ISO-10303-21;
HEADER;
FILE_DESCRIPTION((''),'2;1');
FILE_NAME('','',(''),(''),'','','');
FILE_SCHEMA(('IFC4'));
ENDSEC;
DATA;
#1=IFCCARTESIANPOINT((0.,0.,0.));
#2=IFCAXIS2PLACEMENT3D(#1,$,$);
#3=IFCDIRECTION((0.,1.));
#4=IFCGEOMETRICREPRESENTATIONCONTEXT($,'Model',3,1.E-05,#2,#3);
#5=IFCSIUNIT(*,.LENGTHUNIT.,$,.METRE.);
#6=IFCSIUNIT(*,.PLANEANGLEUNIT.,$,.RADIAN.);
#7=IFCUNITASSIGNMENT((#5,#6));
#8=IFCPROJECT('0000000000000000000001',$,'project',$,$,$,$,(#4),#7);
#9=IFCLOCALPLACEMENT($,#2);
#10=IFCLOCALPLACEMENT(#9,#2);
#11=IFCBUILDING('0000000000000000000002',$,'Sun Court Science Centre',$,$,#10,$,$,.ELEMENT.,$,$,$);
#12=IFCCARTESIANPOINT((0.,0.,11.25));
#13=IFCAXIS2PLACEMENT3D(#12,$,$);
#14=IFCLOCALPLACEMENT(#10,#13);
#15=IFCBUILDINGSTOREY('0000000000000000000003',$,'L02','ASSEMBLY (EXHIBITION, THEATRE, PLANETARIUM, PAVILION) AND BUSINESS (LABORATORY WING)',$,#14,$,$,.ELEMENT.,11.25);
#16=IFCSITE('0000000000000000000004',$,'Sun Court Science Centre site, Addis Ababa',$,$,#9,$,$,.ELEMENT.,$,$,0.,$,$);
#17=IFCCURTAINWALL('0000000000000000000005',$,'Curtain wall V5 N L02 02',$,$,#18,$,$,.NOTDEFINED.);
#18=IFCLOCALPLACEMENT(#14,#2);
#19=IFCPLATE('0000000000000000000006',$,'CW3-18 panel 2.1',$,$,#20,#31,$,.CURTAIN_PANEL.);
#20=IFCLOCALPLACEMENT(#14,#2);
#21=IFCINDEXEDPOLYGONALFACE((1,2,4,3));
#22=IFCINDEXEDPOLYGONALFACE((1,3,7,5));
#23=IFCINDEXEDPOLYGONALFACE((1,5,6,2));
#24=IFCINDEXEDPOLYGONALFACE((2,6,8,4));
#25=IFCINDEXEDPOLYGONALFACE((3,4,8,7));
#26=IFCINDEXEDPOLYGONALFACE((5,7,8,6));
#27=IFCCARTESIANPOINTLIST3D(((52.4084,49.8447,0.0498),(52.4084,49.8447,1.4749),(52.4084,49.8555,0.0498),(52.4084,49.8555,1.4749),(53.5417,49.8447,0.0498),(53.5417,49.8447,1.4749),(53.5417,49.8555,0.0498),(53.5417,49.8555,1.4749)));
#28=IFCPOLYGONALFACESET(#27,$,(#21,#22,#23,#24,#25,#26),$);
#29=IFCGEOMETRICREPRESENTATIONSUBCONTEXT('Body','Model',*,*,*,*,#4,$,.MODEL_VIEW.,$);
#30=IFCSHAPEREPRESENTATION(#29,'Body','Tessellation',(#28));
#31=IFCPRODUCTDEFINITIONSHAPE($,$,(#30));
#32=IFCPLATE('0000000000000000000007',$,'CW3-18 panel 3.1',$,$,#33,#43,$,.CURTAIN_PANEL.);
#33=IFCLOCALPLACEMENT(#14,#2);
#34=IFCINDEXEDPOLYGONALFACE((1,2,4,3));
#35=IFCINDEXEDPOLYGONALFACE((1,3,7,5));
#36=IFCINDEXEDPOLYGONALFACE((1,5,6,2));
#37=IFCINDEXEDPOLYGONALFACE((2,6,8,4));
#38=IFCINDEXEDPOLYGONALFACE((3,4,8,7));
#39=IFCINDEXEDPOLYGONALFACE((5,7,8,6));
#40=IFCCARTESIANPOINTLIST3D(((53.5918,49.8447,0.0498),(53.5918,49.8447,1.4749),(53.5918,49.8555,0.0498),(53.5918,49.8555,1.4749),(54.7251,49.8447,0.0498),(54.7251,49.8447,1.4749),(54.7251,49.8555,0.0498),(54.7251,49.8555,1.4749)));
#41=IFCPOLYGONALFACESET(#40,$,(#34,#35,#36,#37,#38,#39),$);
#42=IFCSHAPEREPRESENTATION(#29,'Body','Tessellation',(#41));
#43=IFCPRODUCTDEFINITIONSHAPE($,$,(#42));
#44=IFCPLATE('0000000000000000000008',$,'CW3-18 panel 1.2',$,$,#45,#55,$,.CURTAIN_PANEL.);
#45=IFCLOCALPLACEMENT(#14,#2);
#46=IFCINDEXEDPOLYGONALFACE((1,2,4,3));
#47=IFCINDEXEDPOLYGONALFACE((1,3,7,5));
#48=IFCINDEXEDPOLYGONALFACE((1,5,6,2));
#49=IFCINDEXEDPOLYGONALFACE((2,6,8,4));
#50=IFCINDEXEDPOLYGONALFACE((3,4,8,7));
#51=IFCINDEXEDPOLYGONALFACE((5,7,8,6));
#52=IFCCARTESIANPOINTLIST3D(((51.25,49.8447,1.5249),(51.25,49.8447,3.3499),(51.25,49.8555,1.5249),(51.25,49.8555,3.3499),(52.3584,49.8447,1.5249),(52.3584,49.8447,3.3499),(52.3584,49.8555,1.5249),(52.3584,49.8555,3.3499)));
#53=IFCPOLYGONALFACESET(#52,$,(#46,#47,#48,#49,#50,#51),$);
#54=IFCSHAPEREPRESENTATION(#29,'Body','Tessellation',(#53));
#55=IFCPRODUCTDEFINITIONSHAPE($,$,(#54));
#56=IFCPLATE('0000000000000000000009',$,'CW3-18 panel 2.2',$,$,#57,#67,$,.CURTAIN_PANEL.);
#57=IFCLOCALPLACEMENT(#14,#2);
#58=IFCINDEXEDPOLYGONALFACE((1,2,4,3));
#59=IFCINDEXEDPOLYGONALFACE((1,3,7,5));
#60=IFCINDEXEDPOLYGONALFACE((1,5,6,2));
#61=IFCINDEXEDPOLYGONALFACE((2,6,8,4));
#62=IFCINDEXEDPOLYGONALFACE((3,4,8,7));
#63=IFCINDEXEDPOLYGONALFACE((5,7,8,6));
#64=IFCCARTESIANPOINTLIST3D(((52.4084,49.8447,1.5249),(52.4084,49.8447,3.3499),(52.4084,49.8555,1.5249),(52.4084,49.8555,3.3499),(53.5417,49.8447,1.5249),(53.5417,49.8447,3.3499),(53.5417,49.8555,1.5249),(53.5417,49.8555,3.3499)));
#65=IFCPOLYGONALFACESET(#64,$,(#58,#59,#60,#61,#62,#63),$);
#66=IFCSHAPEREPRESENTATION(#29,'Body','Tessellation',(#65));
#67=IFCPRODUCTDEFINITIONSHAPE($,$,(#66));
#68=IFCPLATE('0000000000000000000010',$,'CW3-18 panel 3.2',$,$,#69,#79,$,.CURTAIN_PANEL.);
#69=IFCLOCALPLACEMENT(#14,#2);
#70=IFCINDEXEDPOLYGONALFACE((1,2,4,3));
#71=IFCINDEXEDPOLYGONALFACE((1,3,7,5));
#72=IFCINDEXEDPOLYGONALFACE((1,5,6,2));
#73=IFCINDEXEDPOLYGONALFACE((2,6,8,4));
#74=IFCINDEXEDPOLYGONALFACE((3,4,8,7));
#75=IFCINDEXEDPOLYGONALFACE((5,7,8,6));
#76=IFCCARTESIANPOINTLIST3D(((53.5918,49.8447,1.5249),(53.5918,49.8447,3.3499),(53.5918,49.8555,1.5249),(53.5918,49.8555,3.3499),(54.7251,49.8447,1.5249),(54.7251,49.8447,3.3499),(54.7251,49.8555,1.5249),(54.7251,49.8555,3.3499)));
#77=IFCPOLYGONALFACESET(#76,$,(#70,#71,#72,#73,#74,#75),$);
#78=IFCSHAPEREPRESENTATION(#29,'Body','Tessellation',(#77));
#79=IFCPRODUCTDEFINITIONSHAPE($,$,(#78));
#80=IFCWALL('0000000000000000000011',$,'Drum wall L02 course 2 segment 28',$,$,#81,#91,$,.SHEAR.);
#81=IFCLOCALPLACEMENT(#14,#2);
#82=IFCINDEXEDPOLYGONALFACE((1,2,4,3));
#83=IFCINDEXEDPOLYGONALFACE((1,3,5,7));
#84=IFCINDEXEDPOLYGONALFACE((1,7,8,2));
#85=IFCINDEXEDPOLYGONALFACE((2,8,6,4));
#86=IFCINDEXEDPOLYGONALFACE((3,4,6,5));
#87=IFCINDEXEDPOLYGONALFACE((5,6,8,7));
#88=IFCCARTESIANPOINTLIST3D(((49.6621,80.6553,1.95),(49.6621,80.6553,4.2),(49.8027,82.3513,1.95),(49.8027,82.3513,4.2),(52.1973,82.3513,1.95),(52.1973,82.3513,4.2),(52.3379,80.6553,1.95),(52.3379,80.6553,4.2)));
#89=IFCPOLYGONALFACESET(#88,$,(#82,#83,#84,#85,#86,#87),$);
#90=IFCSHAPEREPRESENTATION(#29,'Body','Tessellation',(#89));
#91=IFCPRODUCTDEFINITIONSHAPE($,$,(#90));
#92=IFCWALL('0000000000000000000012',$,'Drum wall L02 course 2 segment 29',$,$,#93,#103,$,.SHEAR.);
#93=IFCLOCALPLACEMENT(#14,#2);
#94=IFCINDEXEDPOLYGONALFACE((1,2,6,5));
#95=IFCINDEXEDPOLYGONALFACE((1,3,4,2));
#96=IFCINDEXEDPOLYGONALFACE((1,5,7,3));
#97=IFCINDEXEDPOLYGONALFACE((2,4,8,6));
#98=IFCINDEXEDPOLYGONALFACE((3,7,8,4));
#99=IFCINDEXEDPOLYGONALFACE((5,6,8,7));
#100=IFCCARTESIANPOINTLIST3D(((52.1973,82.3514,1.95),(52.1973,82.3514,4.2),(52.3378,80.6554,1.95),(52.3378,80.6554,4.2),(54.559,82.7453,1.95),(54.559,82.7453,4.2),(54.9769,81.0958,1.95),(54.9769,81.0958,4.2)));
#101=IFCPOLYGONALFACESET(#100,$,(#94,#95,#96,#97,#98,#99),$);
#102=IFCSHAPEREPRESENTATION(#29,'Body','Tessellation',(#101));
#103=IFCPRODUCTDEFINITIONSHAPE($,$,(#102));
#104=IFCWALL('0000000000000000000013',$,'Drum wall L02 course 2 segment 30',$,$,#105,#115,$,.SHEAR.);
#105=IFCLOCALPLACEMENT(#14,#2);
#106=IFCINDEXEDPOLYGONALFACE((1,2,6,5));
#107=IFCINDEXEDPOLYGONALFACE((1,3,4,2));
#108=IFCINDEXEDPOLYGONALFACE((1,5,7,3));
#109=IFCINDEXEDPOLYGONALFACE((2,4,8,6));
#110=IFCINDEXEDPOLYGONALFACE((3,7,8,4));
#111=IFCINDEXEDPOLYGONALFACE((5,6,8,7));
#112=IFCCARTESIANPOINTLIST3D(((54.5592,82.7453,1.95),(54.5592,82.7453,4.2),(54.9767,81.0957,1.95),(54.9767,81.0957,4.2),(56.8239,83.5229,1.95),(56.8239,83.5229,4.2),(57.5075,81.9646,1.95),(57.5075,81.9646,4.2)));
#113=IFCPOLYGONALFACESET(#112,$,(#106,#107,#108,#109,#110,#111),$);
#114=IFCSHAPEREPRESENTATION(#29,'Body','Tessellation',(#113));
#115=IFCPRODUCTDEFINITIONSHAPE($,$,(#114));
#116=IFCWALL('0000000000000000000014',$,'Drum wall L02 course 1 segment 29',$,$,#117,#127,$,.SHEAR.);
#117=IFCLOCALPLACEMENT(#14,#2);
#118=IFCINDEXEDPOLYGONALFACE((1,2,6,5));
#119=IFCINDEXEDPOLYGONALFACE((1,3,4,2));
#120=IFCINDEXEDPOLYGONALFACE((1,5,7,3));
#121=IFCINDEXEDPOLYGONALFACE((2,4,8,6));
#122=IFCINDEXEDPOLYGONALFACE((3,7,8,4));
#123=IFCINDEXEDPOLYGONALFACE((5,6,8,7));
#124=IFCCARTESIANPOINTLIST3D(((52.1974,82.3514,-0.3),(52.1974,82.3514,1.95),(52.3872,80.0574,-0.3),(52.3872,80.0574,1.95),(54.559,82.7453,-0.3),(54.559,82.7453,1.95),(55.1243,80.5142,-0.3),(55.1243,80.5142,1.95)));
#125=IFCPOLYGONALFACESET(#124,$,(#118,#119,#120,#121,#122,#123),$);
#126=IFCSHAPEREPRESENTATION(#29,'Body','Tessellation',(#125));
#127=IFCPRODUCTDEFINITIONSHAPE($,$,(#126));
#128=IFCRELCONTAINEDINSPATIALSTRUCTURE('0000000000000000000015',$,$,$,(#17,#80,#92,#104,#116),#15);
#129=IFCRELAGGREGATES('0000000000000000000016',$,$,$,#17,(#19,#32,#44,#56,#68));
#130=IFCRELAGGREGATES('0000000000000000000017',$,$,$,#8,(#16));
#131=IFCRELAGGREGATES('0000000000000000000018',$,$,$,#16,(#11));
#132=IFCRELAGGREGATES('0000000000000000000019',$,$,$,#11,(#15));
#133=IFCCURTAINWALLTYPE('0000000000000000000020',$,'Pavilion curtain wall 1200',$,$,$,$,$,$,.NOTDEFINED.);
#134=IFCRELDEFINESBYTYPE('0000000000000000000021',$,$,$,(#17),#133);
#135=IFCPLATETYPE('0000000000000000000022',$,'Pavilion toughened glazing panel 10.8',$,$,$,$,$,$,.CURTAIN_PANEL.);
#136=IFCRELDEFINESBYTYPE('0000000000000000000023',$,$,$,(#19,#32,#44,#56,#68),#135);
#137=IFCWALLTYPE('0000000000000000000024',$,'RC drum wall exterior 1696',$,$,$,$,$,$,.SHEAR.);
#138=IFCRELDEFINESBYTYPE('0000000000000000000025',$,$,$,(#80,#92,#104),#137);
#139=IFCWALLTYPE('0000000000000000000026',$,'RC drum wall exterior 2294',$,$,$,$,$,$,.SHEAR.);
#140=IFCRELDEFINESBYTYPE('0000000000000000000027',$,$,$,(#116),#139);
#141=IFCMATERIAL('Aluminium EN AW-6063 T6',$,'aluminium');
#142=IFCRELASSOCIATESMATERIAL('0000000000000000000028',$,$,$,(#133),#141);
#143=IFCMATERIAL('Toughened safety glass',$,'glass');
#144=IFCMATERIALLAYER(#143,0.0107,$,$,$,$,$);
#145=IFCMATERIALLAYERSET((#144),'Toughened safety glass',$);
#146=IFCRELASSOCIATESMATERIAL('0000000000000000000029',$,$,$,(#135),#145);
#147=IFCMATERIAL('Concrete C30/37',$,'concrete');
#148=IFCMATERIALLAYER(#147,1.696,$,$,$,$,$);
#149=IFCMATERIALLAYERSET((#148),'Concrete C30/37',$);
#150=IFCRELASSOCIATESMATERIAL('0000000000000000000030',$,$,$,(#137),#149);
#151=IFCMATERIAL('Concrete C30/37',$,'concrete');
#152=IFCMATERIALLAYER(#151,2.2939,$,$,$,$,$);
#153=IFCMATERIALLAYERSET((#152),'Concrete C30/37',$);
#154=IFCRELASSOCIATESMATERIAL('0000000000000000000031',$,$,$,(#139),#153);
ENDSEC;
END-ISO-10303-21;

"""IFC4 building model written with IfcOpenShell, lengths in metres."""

from ifc_helpers import new_model, si_unit, direction, frame, origin, origin_2d, place, context, subcontext, project, spatial, polyline, rectangle, outline, extrude, material, layer, layer_set, type_object, element, aggregate, save


model = new_model("IFC4")

# Units and contexts
model_context = context("Model", 3, precision=1e-05, world=origin(), true_north=direction((0.0, 1.0)))
body_context = subcontext(model_context, "Body", "Model", "MODEL_VIEW")
ifc_project = project(units=[si_unit("LENGTHUNIT", "METRE"), si_unit("PLANEANGLEUNIT", "RADIAN")], contexts=[model_context])

# Site, building, storey
site_placement = place(None, origin())
site = spatial("IfcSite", under=ifc_project, at=site_placement, Name="Sun Court Science Centre site, Addis Ababa", CompositionType="ELEMENT", RefElevation=0.0)
building_placement = place(site_placement, origin())
building = spatial("IfcBuilding", under=site, at=building_placement, Name="Sun Court Science Centre", CompositionType="ELEMENT")
storey_placement = place(building_placement, frame((0.0, 0.0, 11.25)))
storey = spatial("IfcBuildingStorey", under=building, at=storey_placement, Name="L02", Description="ASSEMBLY (EXHIBITION, THEATRE, PLANETARIUM, PAVILION) AND BUSINESS (LABORATORY WING)", CompositionType="ELEMENT", Elevation=11.25)

# Shared definitions
ifc_material_1 = material(Name="Aluminium EN AW-6063 T6", Category="aluminium")
curtain_wall_type = type_object("IfcCurtainWallType", Name="Pavilion curtain wall 1200", PredefinedType="NOTDEFINED", material=ifc_material_1)

# Curtain wall
curtain_wall_1_placement = place(storey_placement, origin())
curtain_wall_1 = element("IfcCurtainWall", 1, at=curtain_wall_1_placement, inside=storey, type_object=curtain_wall_type, Name="Curtain wall V5 N L02 02", PredefinedType="NOTDEFINED")

# Plates
ifc_material_2 = material(Name="Toughened safety glass", Category="glass")
ifc_layer_1 = layer(ifc_material_2, 0.0107)
ifc_layer_set_1 = layer_set([ifc_layer_1], Name="Toughened safety glass")
plate_type = type_object("IfcPlateType", Name="Pavilion toughened glazing panel 10.8", PredefinedType="CURTAIN_PANEL", material=ifc_layer_set_1)
plate_1_placement = place(storey_placement, frame((52.9751, 49.8501, 0.0498), z_axis=(0.0, 0.0, 1.0), x_axis=(1.0, 0.0, 0.0)))
plate_1 = element("IfcPlate", 2, at=plate_1_placement, type_object=plate_type, Name="CW3-18 panel 2.1", PredefinedType="CURTAIN_PANEL", context=body_context, shape_type="SweptSolid", body=[
    extrude(rectangle(XDim=1.1333, YDim=0.0107, at=origin_2d()), origin(), (0.0, 0.0, 1.0), 1.425),
])
plate_2_placement = place(storey_placement, frame((54.1584, 49.8501, 0.0498), z_axis=(0.0, 0.0, 1.0), x_axis=(1.0, 0.0, 0.0)))
plate_2 = element("IfcPlate", 3, at=plate_2_placement, type_object=plate_type, Name="CW3-18 panel 3.1", PredefinedType="CURTAIN_PANEL", context=body_context, shape_type="SweptSolid", body=[
    extrude(rectangle(XDim=1.1333, YDim=0.0107, at=origin_2d()), origin(), (0.0, 0.0, 1.0), 1.425),
])
plate_3_placement = place(storey_placement, frame((51.8042, 49.8501, 1.5249), z_axis=(0.0, 0.0, 1.0), x_axis=(1.0, 0.0, 0.0)))
plate_3 = element("IfcPlate", 4, at=plate_3_placement, type_object=plate_type, Name="CW3-18 panel 1.2", PredefinedType="CURTAIN_PANEL", context=body_context, shape_type="SweptSolid", body=[
    extrude(rectangle(XDim=1.1084, YDim=0.0107, at=origin_2d()), origin(), (0.0, 0.0, 1.0), 1.825),
])
plate_4_placement = place(storey_placement, frame((52.9751, 49.8501, 1.5249), z_axis=(0.0, 0.0, 1.0), x_axis=(1.0, 0.0, 0.0)))
plate_4 = element("IfcPlate", 5, at=plate_4_placement, type_object=plate_type, Name="CW3-18 panel 2.2", PredefinedType="CURTAIN_PANEL", context=body_context, shape_type="SweptSolid", body=[
    extrude(rectangle(XDim=1.1333, YDim=0.0107, at=origin_2d()), origin(), (0.0, 0.0, 1.0), 1.825),
])
plate_5_placement = place(storey_placement, frame((54.1584, 49.8501, 1.5249), z_axis=(0.0, 0.0, 1.0), x_axis=(1.0, 0.0, 0.0)))
plate_5 = element("IfcPlate", 6, at=plate_5_placement, type_object=plate_type, Name="CW3-18 panel 3.2", PredefinedType="CURTAIN_PANEL", context=body_context, shape_type="SweptSolid", body=[
    extrude(rectangle(XDim=1.1333, YDim=0.0107, at=origin_2d()), origin(), (0.0, 0.0, 1.0), 1.825),
])
aggregate(curtain_wall_1, [plate_1, plate_2, plate_3, plate_4, plate_5])

# Walls
ifc_material_3 = material(Name="Concrete C30/37", Category="concrete")
ifc_layer_2 = layer(ifc_material_3, 1.696)
ifc_layer_set_2 = layer_set([ifc_layer_2], Name="Concrete C30/37")
wall_type_1 = type_object("IfcWallType", Name="RC drum wall exterior 1696", PredefinedType="SHEAR", material=ifc_layer_set_2)
wall_1_placement = place(storey_placement, frame((49.6621, 81.5032, 1.95), z_axis=(0.0, 0.0, 1.0), x_axis=(1.0, 0.0, 0.0)))
element("IfcWall", 7, at=wall_1_placement, inside=storey, type_object=wall_type_1, Name="Drum wall L02 course 2 segment 28", PredefinedType="SHEAR", context=body_context, shape_type="SweptSolid", body=[
    extrude(outline(polyline([(0.0, -0.8479), (2.6758, -0.8479), (2.5352, 0.8481), (0.1406, 0.8481), (0.0, -0.8479)])), origin(), (0.0, 0.0, 1.0), 2.25),
])
wall_2_placement = place(storey_placement, frame((52.1982, 81.4917, 1.95), z_axis=(0.0, 0.0, 1.0), x_axis=(0.986359, 0.164606, 0.0)))
element("IfcWall", 8, at=wall_2_placement, inside=storey, type_object=wall_type_1, Name="Drum wall L02 course 2 segment 29", PredefinedType="SHEAR", context=body_context, shape_type="SweptSolid", body=[
    extrude(outline(polyline([(0.0, -0.8479), (2.6755, -0.8479), (2.5349, 0.8479), (0.1406, 0.8481), (0.0, -0.8479)])), origin(), (0.0, 0.0, 1.0), 2.25),
])
wall_3_placement = place(storey_placement, frame((54.7014, 81.8977, 1.95), z_axis=(0.0, 0.0, 1.0), x_axis=(0.945836, 0.324646, 0.0)))
element("IfcWall", 9, at=wall_3_placement, inside=storey, type_object=wall_type_1, Name="Drum wall L02 course 2 segment 30", PredefinedType="SHEAR", context=body_context, shape_type="SweptSolid", body=[
    extrude(outline(polyline([(0.0, -0.8479), (2.6758, -0.8477), (2.5352, 0.8481), (0.1406, 0.8479), (0.0, -0.8479)])), origin(), (0.0, 0.0, 1.0), 2.25),
])
ifc_material_4 = material(Name="Concrete C30/37", Category="concrete")
ifc_layer_3 = layer(ifc_material_4, 2.2939)
ifc_layer_set_3 = layer_set([ifc_layer_3], Name="Concrete C30/37")
wall_type_2 = type_object("IfcWallType", Name="RC drum wall exterior 2294", PredefinedType="SHEAR", material=ifc_layer_set_3)
wall_4_placement = place(storey_placement, frame((52.1985, 81.1887, -0.3), z_axis=(0.0, 0.0, 1.0), x_axis=(0.98637, 0.164542, 0.0)))
element("IfcWall", 10, at=wall_4_placement, inside=storey, type_object=wall_type_2, Name="Drum wall L02 course 1 segment 29", PredefinedType="SHEAR", context=body_context, shape_type="SweptSolid", body=[
    extrude(outline(polyline([(0.0, -1.147), (2.7749, -1.1467), (2.5845, 1.147), (0.1902, 1.147), (0.0, -1.147)])), origin(), (0.0, 0.0, 1.0), 2.25),
])

save(model, "model.ifc")
